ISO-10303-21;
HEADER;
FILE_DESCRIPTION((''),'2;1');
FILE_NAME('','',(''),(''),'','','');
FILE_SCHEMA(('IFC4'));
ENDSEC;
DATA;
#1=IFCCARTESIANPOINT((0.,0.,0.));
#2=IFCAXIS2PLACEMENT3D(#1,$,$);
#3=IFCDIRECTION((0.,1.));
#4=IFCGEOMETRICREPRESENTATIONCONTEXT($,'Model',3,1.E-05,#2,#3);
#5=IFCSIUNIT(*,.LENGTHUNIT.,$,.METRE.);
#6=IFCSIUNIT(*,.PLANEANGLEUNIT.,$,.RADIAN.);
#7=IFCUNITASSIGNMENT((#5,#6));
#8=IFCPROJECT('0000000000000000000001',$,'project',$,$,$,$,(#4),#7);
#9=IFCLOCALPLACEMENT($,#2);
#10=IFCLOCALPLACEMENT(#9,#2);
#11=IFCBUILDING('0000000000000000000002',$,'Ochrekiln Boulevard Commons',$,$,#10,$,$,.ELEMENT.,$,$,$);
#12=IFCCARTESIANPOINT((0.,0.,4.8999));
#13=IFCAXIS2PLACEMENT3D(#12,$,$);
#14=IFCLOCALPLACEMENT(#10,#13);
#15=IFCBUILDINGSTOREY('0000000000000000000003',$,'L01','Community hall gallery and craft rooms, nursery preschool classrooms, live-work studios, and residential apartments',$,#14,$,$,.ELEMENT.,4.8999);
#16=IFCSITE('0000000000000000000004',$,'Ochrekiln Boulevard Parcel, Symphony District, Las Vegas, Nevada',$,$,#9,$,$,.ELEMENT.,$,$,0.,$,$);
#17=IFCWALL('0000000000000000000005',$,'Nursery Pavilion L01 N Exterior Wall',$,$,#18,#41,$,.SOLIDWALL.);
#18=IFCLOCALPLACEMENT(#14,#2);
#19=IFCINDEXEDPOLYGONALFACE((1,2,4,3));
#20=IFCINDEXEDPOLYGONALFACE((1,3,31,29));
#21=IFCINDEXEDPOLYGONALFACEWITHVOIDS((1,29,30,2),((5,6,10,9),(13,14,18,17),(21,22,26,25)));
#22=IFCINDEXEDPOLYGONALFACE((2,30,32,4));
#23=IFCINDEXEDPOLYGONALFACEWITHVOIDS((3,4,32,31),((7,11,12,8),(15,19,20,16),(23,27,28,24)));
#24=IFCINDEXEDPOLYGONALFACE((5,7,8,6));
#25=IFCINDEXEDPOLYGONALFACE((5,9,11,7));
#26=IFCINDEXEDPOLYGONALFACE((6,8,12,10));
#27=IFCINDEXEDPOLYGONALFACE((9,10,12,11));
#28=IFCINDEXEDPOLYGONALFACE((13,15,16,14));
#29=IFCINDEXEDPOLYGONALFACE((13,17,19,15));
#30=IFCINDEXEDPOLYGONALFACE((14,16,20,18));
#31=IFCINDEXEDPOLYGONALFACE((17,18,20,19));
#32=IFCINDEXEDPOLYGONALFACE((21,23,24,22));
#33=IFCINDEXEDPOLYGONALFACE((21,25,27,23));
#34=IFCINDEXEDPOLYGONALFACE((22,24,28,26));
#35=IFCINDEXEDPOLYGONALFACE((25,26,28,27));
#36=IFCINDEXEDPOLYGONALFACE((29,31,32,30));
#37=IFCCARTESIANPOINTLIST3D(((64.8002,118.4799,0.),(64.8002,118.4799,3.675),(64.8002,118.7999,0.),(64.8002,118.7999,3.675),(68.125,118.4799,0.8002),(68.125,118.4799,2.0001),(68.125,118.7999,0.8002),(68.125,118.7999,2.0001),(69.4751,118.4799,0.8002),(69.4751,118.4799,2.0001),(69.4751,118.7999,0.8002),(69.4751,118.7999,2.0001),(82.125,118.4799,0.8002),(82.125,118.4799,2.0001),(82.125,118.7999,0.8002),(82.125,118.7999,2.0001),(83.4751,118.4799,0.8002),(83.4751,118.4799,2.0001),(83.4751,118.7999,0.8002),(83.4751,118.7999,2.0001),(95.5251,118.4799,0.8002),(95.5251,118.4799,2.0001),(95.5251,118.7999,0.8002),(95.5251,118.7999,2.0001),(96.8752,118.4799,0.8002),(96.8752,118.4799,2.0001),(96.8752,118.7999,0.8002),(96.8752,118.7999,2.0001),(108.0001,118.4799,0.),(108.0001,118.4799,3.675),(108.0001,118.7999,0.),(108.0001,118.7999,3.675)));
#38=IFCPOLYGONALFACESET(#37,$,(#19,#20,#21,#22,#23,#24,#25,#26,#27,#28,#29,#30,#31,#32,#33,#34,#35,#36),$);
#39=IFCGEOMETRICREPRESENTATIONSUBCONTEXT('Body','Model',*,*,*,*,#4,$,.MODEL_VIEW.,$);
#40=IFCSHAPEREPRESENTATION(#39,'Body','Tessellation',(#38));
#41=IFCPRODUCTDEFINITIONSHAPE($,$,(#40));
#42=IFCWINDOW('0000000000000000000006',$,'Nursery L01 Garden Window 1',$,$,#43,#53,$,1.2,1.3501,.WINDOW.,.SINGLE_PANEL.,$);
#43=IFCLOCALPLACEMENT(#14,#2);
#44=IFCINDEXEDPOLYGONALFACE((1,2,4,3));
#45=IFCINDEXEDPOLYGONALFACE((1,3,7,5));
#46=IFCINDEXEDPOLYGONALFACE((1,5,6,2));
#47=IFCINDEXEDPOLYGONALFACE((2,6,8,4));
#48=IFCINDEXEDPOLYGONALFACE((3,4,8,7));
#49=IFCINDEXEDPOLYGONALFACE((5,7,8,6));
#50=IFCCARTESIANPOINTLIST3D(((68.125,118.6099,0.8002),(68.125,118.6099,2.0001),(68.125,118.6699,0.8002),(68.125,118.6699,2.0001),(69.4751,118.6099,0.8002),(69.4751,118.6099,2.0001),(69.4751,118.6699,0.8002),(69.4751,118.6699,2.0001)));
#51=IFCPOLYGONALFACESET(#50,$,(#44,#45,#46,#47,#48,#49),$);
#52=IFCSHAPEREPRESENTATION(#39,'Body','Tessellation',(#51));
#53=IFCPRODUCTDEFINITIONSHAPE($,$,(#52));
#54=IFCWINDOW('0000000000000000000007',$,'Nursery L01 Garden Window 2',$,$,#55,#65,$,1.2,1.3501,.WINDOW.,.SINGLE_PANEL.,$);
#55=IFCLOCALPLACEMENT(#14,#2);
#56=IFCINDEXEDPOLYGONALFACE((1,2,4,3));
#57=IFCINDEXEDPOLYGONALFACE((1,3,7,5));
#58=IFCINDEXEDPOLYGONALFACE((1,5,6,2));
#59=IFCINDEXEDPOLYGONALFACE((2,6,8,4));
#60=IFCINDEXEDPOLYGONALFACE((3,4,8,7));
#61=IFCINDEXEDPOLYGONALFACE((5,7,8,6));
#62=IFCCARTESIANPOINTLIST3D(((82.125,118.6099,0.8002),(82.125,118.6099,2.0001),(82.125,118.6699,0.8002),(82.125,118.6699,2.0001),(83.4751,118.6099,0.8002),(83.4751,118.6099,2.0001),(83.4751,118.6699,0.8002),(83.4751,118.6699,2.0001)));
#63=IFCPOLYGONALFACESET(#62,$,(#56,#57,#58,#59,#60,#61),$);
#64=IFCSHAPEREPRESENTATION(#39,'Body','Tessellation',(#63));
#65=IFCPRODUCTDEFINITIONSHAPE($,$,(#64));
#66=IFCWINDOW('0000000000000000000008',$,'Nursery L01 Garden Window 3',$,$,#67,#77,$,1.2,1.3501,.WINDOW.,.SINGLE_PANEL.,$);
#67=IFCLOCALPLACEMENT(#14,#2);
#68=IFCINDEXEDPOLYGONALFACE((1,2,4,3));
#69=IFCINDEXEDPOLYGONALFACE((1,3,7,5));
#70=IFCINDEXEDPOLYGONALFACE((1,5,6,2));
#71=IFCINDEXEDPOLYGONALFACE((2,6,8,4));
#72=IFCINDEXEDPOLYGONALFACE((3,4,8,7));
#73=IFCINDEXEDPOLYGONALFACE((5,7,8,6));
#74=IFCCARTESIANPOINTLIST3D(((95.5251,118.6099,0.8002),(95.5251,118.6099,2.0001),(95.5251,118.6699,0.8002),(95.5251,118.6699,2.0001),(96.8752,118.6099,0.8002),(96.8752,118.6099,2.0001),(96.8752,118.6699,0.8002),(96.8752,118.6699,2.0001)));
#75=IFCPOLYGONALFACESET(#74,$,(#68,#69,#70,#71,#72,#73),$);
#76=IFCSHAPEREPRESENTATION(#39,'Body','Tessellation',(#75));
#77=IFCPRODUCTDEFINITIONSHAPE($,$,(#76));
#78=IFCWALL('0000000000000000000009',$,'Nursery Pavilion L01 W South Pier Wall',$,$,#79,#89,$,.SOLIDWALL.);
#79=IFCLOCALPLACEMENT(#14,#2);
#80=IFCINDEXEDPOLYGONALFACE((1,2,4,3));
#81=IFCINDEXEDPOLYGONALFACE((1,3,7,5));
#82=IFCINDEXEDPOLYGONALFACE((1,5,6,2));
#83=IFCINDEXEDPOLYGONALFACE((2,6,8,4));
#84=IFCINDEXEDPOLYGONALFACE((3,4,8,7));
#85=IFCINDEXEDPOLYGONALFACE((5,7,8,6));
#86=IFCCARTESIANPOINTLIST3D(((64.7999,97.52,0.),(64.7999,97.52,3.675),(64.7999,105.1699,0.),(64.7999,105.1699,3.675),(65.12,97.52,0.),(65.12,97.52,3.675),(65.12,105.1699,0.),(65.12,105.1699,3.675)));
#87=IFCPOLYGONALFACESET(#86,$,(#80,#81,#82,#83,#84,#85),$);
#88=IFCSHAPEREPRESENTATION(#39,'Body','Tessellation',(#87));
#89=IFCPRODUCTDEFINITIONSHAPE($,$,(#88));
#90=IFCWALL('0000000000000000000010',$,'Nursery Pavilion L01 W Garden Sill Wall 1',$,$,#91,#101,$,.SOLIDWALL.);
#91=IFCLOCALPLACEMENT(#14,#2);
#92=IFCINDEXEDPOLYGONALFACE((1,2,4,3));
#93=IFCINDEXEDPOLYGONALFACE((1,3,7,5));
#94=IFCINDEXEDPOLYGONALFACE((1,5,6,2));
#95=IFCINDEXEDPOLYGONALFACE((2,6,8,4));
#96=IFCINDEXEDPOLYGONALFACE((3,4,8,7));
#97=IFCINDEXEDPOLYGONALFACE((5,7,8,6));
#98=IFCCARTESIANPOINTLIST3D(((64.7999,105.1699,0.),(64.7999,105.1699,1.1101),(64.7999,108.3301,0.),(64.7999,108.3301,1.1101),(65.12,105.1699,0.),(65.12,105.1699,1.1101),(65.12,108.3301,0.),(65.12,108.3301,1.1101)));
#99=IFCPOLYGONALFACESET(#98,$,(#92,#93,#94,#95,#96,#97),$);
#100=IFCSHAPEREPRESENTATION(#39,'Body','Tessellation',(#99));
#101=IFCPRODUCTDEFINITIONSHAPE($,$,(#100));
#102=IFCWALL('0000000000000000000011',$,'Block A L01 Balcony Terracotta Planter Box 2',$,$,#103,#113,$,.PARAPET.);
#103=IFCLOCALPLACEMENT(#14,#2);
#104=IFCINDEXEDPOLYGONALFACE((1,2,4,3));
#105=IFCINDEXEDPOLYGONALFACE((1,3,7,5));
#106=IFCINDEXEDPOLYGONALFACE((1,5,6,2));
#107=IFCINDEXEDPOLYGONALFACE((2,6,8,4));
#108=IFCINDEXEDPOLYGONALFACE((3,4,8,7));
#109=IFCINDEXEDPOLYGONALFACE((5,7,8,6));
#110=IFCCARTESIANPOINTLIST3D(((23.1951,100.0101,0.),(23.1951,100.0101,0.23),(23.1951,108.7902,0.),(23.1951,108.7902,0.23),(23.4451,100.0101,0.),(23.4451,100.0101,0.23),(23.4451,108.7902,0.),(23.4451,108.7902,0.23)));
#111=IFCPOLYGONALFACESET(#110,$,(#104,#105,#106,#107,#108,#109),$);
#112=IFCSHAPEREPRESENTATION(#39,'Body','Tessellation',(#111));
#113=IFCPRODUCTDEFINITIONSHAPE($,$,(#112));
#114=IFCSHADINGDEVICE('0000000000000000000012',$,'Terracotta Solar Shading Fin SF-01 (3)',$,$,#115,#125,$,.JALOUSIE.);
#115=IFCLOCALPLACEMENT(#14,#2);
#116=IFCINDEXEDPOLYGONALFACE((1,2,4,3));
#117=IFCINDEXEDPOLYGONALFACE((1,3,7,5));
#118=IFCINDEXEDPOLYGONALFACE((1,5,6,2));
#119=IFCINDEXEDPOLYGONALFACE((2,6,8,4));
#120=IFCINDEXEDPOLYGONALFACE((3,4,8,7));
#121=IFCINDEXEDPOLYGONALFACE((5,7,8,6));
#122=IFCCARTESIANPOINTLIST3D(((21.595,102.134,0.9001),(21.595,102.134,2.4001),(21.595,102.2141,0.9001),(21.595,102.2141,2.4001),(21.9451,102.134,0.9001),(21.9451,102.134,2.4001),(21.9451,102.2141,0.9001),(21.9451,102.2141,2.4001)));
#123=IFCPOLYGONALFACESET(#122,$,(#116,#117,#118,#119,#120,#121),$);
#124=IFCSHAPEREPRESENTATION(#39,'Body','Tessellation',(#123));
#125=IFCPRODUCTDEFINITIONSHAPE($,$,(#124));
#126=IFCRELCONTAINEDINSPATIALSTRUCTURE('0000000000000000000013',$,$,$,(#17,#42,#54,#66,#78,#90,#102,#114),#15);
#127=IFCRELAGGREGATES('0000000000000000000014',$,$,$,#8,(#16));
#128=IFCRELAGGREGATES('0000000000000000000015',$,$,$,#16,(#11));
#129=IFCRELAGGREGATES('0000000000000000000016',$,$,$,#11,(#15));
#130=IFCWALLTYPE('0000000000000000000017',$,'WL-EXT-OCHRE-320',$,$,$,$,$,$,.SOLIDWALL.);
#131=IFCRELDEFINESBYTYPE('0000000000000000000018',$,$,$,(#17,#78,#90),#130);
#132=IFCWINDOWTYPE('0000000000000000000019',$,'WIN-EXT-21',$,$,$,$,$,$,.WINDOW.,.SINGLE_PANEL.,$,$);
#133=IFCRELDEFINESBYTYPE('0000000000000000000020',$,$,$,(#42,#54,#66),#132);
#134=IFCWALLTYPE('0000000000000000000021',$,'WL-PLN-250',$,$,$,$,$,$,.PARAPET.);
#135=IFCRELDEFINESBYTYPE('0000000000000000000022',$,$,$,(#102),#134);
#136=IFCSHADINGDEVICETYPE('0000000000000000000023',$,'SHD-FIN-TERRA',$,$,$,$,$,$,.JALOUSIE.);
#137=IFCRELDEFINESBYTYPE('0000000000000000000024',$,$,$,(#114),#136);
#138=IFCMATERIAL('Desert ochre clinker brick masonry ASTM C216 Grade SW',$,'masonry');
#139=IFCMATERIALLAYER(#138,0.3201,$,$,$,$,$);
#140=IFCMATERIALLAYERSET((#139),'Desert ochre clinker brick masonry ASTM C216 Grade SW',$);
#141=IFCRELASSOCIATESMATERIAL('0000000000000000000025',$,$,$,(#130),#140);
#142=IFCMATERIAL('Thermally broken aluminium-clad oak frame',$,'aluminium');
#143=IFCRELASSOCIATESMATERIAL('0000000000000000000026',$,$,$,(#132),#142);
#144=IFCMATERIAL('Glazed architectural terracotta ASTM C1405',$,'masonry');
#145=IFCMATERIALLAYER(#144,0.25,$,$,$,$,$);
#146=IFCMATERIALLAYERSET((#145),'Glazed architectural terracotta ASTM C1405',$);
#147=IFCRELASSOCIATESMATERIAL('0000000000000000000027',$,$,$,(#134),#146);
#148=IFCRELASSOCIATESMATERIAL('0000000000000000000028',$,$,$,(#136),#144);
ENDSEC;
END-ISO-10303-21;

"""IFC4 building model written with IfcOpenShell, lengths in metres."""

from ifc_helpers import new_model, si_unit, direction, frame, frame_2d, origin, origin_2d, place, context, subcontext, project, spatial, rectangle, extrude, material, layer, layer_set, type_object, element, fill, save


model = new_model("IFC4")

# Units and contexts
model_context = context("Model", 3, precision=1e-05, world=origin(), true_north=direction((0.0, 1.0)))
body_context = subcontext(model_context, "Body", "Model", "MODEL_VIEW")
ifc_project = project(units=[si_unit("LENGTHUNIT", "METRE"), si_unit("PLANEANGLEUNIT", "RADIAN")], contexts=[model_context])

# Site, building, storey
site_placement = place(None, origin())
site = spatial("IfcSite", under=ifc_project, at=site_placement, Name="Ochrekiln Boulevard Parcel, Symphony District, Las Vegas, Nevada", CompositionType="ELEMENT", RefElevation=0.0)
building_placement = place(site_placement, origin())
building = spatial("IfcBuilding", under=site, at=building_placement, Name="Ochrekiln Boulevard Commons", CompositionType="ELEMENT")
storey_placement = place(building_placement, frame((0.0, 0.0, 4.8999)))
storey = spatial("IfcBuildingStorey", under=building, at=storey_placement, Name="L01", Description="Community hall gallery and craft rooms, nursery preschool classrooms, live-work studios, and residential apartments", CompositionType="ELEMENT", Elevation=4.8999)

# Wall, openings, windows
ifc_material_1 = material(Name="Desert ochre clinker brick masonry ASTM C216 Grade SW", Category="masonry")
ifc_layer_1 = layer(ifc_material_1, 0.3201)
ifc_layer_set_1 = layer_set([ifc_layer_1], Name="Desert ochre clinker brick masonry ASTM C216 Grade SW")
wall_type_1 = type_object("IfcWallType", Name="WL-EXT-OCHRE-320", PredefinedType="SOLIDWALL", material=ifc_layer_set_1)
ifc_material_2 = material(Name="Thermally broken aluminium-clad oak frame", Category="aluminium")
wall_1_placement = place(storey_placement, frame((64.8, 118.6399, 0.0), z_axis=(0.0, 0.0, 1.0), x_axis=(1.0, 0.0, 0.0)))
wall_1 = element("IfcWall", 1, at=wall_1_placement, inside=storey, type_object=wall_type_1, Name="Nursery Pavilion L01 N Exterior Wall", PredefinedType="SOLIDWALL", context=body_context, shape_type="SweptSolid", body=[
    extrude(rectangle(XDim=43.2, YDim=0.3201, at=frame_2d((21.6001, 0.0))), origin(), (0.0, 0.0, 1.0), 3.675),
])
opening_1_placement = place(wall_1_placement, frame((3.325, 0.0, 0.8)))
opening_1 = element("IfcOpeningElement", 2, at=opening_1_placement, cuts=wall_1, PredefinedType="OPENING", context=body_context, shape_type="SweptSolid", body=[
    extrude(rectangle(XDim=1.3501, YDim=1.2, at=frame_2d((0.675, 0.6001))), frame((0.0, 0.1699, 0.0), z_axis=(0.0, -1.0, 0.0), x_axis=(1.0, 0.0, 0.0)), (0.0, 0.0, 1.0), 0.3401),
])
opening_2_placement = place(wall_1_placement, frame((17.325, 0.0, 0.8)))
opening_2 = element("IfcOpeningElement", 3, at=opening_2_placement, cuts=wall_1, PredefinedType="OPENING", context=body_context, shape_type="SweptSolid", body=[
    extrude(rectangle(XDim=1.3501, YDim=1.2, at=frame_2d((0.675, 0.6001))), frame((0.0, 0.1699, 0.0), z_axis=(0.0, -1.0, 0.0), x_axis=(1.0, 0.0, 0.0)), (0.0, 0.0, 1.0), 0.3401),
])
opening_3_placement = place(wall_1_placement, frame((30.7251, 0.0, 0.8)))
opening_3 = element("IfcOpeningElement", 4, at=opening_3_placement, cuts=wall_1, PredefinedType="OPENING", context=body_context, shape_type="SweptSolid", body=[
    extrude(rectangle(XDim=1.3501, YDim=1.2, at=frame_2d((0.675, 0.6001))), frame((0.0, 0.1699, 0.0), z_axis=(0.0, -1.0, 0.0), x_axis=(1.0, 0.0, 0.0)), (0.0, 0.0, 1.0), 0.3401),
])
window_type_1 = type_object("IfcWindowType", Name="WIN-EXT-21", PartitioningType="SINGLE_PANEL", PredefinedType="WINDOW", material=ifc_material_2)
window_1_placement = place(opening_1_placement, origin())
window_1 = element("IfcWindow", 5, at=window_1_placement, inside=storey, type_object=window_type_1, Name="Nursery L01 Garden Window 1", OverallHeight=1.2, OverallWidth=1.3501, PartitioningType="SINGLE_PANEL", PredefinedType="WINDOW", context=body_context, shape_type="SweptSolid", body=[
    extrude(rectangle(XDim=1.3501, YDim=1.2, at=frame_2d((0.675, 0.6001))), frame((0.0, 0.03, 0.0), z_axis=(0.0, -1.0, 0.0), x_axis=(1.0, 0.0, 0.0)), (0.0, 0.0, 1.0), 0.0601),
])
fill(opening_1, window_1)
window_2_placement = place(opening_2_placement, origin())
window_2 = element("IfcWindow", 6, at=window_2_placement, inside=storey, type_object=window_type_1, Name="Nursery L01 Garden Window 2", OverallHeight=1.2, OverallWidth=1.3501, PartitioningType="SINGLE_PANEL", PredefinedType="WINDOW", context=body_context, shape_type="SweptSolid", body=[
    extrude(rectangle(XDim=1.3501, YDim=1.2, at=frame_2d((0.675, 0.6001))), frame((0.0, 0.03, 0.0), z_axis=(0.0, -1.0, 0.0), x_axis=(1.0, 0.0, 0.0)), (0.0, 0.0, 1.0), 0.0601),
])
fill(opening_2, window_2)
window_3_placement = place(opening_3_placement, origin())
window_3 = element("IfcWindow", 7, at=window_3_placement, inside=storey, type_object=window_type_1, Name="Nursery L01 Garden Window 3", OverallHeight=1.2, OverallWidth=1.3501, PartitioningType="SINGLE_PANEL", PredefinedType="WINDOW", context=body_context, shape_type="SweptSolid", body=[
    extrude(rectangle(XDim=1.3501, YDim=1.2, at=frame_2d((0.675, 0.6001))), frame((0.0, 0.03, 0.0), z_axis=(0.0, -1.0, 0.0), x_axis=(1.0, 0.0, 0.0)), (0.0, 0.0, 1.0), 0.0601),
])
fill(opening_3, window_3)

# Walls
wall_2_placement = place(storey_placement, frame((64.96, 97.52, 0.0), z_axis=(0.0, 0.0, 1.0), x_axis=(0.0, 1.0, 0.0)))
element("IfcWall", 8, at=wall_2_placement, inside=storey, type_object=wall_type_1, Name="Nursery Pavilion L01 W South Pier Wall", PredefinedType="SOLIDWALL", context=body_context, shape_type="SweptSolid", body=[
    extrude(rectangle(XDim=7.6499, YDim=0.3201, at=frame_2d((3.825, 0.0))), origin(), (0.0, 0.0, 1.0), 3.675),
])
wall_3_placement = place(storey_placement, frame((64.96, 105.1699, 0.0), z_axis=(0.0, 0.0, 1.0), x_axis=(0.0, 1.0, 0.0)))
element("IfcWall", 9, at=wall_3_placement, inside=storey, type_object=wall_type_1, Name="Nursery Pavilion L01 W Garden Sill Wall 1", PredefinedType="SOLIDWALL", context=body_context, shape_type="SweptSolid", body=[
    extrude(rectangle(XDim=3.1602, YDim=0.3201, at=frame_2d((1.5801, 0.0))), origin(), (0.0, 0.0, 1.0), 1.1101),
])
ifc_material_3 = material(Name="Glazed architectural terracotta ASTM C1405", Category="masonry")
ifc_layer_2 = layer(ifc_material_3, 0.25)
ifc_layer_set_2 = layer_set([ifc_layer_2], Name="Glazed architectural terracotta ASTM C1405")
wall_type_2 = type_object("IfcWallType", Name="WL-PLN-250", PredefinedType="PARAPET", material=ifc_layer_set_2)
wall_4_placement = place(storey_placement, frame((23.3201, 100.01, 0.0), z_axis=(0.0, 0.0, 1.0), x_axis=(0.0, 1.0, 0.0)))
element("IfcWall", 10, at=wall_4_placement, inside=storey, type_object=wall_type_2, Name="Block A L01 Balcony Terracotta Planter Box 2", PredefinedType="PARAPET", context=body_context, shape_type="SweptSolid", body=[
    extrude(rectangle(XDim=8.78, YDim=0.25, at=frame_2d((4.3901, 0.0))), origin(), (0.0, 0.0, 1.0), 0.23),
])

# Shading device
shading_device_type = type_object("IfcShadingDeviceType", Name="SHD-FIN-TERRA", PredefinedType="JALOUSIE", material=ifc_material_3)
shading_device_placement = place(storey_placement, frame((21.77, 102.1741, 0.9001), z_axis=(0.0, 0.0, 1.0), x_axis=(1.0, 0.0, 0.0)))
element("IfcShadingDevice", 11, at=shading_device_placement, inside=storey, type_object=shading_device_type, Name="Terracotta Solar Shading Fin SF-01 (3)", PredefinedType="JALOUSIE", context=body_context, shape_type="SweptSolid", body=[
    extrude(rectangle(XDim=0.3501, YDim=0.0801, at=origin_2d()), origin(), (0.0, 0.0, 1.0), 1.5),
])

save(model, "model.ifc")
